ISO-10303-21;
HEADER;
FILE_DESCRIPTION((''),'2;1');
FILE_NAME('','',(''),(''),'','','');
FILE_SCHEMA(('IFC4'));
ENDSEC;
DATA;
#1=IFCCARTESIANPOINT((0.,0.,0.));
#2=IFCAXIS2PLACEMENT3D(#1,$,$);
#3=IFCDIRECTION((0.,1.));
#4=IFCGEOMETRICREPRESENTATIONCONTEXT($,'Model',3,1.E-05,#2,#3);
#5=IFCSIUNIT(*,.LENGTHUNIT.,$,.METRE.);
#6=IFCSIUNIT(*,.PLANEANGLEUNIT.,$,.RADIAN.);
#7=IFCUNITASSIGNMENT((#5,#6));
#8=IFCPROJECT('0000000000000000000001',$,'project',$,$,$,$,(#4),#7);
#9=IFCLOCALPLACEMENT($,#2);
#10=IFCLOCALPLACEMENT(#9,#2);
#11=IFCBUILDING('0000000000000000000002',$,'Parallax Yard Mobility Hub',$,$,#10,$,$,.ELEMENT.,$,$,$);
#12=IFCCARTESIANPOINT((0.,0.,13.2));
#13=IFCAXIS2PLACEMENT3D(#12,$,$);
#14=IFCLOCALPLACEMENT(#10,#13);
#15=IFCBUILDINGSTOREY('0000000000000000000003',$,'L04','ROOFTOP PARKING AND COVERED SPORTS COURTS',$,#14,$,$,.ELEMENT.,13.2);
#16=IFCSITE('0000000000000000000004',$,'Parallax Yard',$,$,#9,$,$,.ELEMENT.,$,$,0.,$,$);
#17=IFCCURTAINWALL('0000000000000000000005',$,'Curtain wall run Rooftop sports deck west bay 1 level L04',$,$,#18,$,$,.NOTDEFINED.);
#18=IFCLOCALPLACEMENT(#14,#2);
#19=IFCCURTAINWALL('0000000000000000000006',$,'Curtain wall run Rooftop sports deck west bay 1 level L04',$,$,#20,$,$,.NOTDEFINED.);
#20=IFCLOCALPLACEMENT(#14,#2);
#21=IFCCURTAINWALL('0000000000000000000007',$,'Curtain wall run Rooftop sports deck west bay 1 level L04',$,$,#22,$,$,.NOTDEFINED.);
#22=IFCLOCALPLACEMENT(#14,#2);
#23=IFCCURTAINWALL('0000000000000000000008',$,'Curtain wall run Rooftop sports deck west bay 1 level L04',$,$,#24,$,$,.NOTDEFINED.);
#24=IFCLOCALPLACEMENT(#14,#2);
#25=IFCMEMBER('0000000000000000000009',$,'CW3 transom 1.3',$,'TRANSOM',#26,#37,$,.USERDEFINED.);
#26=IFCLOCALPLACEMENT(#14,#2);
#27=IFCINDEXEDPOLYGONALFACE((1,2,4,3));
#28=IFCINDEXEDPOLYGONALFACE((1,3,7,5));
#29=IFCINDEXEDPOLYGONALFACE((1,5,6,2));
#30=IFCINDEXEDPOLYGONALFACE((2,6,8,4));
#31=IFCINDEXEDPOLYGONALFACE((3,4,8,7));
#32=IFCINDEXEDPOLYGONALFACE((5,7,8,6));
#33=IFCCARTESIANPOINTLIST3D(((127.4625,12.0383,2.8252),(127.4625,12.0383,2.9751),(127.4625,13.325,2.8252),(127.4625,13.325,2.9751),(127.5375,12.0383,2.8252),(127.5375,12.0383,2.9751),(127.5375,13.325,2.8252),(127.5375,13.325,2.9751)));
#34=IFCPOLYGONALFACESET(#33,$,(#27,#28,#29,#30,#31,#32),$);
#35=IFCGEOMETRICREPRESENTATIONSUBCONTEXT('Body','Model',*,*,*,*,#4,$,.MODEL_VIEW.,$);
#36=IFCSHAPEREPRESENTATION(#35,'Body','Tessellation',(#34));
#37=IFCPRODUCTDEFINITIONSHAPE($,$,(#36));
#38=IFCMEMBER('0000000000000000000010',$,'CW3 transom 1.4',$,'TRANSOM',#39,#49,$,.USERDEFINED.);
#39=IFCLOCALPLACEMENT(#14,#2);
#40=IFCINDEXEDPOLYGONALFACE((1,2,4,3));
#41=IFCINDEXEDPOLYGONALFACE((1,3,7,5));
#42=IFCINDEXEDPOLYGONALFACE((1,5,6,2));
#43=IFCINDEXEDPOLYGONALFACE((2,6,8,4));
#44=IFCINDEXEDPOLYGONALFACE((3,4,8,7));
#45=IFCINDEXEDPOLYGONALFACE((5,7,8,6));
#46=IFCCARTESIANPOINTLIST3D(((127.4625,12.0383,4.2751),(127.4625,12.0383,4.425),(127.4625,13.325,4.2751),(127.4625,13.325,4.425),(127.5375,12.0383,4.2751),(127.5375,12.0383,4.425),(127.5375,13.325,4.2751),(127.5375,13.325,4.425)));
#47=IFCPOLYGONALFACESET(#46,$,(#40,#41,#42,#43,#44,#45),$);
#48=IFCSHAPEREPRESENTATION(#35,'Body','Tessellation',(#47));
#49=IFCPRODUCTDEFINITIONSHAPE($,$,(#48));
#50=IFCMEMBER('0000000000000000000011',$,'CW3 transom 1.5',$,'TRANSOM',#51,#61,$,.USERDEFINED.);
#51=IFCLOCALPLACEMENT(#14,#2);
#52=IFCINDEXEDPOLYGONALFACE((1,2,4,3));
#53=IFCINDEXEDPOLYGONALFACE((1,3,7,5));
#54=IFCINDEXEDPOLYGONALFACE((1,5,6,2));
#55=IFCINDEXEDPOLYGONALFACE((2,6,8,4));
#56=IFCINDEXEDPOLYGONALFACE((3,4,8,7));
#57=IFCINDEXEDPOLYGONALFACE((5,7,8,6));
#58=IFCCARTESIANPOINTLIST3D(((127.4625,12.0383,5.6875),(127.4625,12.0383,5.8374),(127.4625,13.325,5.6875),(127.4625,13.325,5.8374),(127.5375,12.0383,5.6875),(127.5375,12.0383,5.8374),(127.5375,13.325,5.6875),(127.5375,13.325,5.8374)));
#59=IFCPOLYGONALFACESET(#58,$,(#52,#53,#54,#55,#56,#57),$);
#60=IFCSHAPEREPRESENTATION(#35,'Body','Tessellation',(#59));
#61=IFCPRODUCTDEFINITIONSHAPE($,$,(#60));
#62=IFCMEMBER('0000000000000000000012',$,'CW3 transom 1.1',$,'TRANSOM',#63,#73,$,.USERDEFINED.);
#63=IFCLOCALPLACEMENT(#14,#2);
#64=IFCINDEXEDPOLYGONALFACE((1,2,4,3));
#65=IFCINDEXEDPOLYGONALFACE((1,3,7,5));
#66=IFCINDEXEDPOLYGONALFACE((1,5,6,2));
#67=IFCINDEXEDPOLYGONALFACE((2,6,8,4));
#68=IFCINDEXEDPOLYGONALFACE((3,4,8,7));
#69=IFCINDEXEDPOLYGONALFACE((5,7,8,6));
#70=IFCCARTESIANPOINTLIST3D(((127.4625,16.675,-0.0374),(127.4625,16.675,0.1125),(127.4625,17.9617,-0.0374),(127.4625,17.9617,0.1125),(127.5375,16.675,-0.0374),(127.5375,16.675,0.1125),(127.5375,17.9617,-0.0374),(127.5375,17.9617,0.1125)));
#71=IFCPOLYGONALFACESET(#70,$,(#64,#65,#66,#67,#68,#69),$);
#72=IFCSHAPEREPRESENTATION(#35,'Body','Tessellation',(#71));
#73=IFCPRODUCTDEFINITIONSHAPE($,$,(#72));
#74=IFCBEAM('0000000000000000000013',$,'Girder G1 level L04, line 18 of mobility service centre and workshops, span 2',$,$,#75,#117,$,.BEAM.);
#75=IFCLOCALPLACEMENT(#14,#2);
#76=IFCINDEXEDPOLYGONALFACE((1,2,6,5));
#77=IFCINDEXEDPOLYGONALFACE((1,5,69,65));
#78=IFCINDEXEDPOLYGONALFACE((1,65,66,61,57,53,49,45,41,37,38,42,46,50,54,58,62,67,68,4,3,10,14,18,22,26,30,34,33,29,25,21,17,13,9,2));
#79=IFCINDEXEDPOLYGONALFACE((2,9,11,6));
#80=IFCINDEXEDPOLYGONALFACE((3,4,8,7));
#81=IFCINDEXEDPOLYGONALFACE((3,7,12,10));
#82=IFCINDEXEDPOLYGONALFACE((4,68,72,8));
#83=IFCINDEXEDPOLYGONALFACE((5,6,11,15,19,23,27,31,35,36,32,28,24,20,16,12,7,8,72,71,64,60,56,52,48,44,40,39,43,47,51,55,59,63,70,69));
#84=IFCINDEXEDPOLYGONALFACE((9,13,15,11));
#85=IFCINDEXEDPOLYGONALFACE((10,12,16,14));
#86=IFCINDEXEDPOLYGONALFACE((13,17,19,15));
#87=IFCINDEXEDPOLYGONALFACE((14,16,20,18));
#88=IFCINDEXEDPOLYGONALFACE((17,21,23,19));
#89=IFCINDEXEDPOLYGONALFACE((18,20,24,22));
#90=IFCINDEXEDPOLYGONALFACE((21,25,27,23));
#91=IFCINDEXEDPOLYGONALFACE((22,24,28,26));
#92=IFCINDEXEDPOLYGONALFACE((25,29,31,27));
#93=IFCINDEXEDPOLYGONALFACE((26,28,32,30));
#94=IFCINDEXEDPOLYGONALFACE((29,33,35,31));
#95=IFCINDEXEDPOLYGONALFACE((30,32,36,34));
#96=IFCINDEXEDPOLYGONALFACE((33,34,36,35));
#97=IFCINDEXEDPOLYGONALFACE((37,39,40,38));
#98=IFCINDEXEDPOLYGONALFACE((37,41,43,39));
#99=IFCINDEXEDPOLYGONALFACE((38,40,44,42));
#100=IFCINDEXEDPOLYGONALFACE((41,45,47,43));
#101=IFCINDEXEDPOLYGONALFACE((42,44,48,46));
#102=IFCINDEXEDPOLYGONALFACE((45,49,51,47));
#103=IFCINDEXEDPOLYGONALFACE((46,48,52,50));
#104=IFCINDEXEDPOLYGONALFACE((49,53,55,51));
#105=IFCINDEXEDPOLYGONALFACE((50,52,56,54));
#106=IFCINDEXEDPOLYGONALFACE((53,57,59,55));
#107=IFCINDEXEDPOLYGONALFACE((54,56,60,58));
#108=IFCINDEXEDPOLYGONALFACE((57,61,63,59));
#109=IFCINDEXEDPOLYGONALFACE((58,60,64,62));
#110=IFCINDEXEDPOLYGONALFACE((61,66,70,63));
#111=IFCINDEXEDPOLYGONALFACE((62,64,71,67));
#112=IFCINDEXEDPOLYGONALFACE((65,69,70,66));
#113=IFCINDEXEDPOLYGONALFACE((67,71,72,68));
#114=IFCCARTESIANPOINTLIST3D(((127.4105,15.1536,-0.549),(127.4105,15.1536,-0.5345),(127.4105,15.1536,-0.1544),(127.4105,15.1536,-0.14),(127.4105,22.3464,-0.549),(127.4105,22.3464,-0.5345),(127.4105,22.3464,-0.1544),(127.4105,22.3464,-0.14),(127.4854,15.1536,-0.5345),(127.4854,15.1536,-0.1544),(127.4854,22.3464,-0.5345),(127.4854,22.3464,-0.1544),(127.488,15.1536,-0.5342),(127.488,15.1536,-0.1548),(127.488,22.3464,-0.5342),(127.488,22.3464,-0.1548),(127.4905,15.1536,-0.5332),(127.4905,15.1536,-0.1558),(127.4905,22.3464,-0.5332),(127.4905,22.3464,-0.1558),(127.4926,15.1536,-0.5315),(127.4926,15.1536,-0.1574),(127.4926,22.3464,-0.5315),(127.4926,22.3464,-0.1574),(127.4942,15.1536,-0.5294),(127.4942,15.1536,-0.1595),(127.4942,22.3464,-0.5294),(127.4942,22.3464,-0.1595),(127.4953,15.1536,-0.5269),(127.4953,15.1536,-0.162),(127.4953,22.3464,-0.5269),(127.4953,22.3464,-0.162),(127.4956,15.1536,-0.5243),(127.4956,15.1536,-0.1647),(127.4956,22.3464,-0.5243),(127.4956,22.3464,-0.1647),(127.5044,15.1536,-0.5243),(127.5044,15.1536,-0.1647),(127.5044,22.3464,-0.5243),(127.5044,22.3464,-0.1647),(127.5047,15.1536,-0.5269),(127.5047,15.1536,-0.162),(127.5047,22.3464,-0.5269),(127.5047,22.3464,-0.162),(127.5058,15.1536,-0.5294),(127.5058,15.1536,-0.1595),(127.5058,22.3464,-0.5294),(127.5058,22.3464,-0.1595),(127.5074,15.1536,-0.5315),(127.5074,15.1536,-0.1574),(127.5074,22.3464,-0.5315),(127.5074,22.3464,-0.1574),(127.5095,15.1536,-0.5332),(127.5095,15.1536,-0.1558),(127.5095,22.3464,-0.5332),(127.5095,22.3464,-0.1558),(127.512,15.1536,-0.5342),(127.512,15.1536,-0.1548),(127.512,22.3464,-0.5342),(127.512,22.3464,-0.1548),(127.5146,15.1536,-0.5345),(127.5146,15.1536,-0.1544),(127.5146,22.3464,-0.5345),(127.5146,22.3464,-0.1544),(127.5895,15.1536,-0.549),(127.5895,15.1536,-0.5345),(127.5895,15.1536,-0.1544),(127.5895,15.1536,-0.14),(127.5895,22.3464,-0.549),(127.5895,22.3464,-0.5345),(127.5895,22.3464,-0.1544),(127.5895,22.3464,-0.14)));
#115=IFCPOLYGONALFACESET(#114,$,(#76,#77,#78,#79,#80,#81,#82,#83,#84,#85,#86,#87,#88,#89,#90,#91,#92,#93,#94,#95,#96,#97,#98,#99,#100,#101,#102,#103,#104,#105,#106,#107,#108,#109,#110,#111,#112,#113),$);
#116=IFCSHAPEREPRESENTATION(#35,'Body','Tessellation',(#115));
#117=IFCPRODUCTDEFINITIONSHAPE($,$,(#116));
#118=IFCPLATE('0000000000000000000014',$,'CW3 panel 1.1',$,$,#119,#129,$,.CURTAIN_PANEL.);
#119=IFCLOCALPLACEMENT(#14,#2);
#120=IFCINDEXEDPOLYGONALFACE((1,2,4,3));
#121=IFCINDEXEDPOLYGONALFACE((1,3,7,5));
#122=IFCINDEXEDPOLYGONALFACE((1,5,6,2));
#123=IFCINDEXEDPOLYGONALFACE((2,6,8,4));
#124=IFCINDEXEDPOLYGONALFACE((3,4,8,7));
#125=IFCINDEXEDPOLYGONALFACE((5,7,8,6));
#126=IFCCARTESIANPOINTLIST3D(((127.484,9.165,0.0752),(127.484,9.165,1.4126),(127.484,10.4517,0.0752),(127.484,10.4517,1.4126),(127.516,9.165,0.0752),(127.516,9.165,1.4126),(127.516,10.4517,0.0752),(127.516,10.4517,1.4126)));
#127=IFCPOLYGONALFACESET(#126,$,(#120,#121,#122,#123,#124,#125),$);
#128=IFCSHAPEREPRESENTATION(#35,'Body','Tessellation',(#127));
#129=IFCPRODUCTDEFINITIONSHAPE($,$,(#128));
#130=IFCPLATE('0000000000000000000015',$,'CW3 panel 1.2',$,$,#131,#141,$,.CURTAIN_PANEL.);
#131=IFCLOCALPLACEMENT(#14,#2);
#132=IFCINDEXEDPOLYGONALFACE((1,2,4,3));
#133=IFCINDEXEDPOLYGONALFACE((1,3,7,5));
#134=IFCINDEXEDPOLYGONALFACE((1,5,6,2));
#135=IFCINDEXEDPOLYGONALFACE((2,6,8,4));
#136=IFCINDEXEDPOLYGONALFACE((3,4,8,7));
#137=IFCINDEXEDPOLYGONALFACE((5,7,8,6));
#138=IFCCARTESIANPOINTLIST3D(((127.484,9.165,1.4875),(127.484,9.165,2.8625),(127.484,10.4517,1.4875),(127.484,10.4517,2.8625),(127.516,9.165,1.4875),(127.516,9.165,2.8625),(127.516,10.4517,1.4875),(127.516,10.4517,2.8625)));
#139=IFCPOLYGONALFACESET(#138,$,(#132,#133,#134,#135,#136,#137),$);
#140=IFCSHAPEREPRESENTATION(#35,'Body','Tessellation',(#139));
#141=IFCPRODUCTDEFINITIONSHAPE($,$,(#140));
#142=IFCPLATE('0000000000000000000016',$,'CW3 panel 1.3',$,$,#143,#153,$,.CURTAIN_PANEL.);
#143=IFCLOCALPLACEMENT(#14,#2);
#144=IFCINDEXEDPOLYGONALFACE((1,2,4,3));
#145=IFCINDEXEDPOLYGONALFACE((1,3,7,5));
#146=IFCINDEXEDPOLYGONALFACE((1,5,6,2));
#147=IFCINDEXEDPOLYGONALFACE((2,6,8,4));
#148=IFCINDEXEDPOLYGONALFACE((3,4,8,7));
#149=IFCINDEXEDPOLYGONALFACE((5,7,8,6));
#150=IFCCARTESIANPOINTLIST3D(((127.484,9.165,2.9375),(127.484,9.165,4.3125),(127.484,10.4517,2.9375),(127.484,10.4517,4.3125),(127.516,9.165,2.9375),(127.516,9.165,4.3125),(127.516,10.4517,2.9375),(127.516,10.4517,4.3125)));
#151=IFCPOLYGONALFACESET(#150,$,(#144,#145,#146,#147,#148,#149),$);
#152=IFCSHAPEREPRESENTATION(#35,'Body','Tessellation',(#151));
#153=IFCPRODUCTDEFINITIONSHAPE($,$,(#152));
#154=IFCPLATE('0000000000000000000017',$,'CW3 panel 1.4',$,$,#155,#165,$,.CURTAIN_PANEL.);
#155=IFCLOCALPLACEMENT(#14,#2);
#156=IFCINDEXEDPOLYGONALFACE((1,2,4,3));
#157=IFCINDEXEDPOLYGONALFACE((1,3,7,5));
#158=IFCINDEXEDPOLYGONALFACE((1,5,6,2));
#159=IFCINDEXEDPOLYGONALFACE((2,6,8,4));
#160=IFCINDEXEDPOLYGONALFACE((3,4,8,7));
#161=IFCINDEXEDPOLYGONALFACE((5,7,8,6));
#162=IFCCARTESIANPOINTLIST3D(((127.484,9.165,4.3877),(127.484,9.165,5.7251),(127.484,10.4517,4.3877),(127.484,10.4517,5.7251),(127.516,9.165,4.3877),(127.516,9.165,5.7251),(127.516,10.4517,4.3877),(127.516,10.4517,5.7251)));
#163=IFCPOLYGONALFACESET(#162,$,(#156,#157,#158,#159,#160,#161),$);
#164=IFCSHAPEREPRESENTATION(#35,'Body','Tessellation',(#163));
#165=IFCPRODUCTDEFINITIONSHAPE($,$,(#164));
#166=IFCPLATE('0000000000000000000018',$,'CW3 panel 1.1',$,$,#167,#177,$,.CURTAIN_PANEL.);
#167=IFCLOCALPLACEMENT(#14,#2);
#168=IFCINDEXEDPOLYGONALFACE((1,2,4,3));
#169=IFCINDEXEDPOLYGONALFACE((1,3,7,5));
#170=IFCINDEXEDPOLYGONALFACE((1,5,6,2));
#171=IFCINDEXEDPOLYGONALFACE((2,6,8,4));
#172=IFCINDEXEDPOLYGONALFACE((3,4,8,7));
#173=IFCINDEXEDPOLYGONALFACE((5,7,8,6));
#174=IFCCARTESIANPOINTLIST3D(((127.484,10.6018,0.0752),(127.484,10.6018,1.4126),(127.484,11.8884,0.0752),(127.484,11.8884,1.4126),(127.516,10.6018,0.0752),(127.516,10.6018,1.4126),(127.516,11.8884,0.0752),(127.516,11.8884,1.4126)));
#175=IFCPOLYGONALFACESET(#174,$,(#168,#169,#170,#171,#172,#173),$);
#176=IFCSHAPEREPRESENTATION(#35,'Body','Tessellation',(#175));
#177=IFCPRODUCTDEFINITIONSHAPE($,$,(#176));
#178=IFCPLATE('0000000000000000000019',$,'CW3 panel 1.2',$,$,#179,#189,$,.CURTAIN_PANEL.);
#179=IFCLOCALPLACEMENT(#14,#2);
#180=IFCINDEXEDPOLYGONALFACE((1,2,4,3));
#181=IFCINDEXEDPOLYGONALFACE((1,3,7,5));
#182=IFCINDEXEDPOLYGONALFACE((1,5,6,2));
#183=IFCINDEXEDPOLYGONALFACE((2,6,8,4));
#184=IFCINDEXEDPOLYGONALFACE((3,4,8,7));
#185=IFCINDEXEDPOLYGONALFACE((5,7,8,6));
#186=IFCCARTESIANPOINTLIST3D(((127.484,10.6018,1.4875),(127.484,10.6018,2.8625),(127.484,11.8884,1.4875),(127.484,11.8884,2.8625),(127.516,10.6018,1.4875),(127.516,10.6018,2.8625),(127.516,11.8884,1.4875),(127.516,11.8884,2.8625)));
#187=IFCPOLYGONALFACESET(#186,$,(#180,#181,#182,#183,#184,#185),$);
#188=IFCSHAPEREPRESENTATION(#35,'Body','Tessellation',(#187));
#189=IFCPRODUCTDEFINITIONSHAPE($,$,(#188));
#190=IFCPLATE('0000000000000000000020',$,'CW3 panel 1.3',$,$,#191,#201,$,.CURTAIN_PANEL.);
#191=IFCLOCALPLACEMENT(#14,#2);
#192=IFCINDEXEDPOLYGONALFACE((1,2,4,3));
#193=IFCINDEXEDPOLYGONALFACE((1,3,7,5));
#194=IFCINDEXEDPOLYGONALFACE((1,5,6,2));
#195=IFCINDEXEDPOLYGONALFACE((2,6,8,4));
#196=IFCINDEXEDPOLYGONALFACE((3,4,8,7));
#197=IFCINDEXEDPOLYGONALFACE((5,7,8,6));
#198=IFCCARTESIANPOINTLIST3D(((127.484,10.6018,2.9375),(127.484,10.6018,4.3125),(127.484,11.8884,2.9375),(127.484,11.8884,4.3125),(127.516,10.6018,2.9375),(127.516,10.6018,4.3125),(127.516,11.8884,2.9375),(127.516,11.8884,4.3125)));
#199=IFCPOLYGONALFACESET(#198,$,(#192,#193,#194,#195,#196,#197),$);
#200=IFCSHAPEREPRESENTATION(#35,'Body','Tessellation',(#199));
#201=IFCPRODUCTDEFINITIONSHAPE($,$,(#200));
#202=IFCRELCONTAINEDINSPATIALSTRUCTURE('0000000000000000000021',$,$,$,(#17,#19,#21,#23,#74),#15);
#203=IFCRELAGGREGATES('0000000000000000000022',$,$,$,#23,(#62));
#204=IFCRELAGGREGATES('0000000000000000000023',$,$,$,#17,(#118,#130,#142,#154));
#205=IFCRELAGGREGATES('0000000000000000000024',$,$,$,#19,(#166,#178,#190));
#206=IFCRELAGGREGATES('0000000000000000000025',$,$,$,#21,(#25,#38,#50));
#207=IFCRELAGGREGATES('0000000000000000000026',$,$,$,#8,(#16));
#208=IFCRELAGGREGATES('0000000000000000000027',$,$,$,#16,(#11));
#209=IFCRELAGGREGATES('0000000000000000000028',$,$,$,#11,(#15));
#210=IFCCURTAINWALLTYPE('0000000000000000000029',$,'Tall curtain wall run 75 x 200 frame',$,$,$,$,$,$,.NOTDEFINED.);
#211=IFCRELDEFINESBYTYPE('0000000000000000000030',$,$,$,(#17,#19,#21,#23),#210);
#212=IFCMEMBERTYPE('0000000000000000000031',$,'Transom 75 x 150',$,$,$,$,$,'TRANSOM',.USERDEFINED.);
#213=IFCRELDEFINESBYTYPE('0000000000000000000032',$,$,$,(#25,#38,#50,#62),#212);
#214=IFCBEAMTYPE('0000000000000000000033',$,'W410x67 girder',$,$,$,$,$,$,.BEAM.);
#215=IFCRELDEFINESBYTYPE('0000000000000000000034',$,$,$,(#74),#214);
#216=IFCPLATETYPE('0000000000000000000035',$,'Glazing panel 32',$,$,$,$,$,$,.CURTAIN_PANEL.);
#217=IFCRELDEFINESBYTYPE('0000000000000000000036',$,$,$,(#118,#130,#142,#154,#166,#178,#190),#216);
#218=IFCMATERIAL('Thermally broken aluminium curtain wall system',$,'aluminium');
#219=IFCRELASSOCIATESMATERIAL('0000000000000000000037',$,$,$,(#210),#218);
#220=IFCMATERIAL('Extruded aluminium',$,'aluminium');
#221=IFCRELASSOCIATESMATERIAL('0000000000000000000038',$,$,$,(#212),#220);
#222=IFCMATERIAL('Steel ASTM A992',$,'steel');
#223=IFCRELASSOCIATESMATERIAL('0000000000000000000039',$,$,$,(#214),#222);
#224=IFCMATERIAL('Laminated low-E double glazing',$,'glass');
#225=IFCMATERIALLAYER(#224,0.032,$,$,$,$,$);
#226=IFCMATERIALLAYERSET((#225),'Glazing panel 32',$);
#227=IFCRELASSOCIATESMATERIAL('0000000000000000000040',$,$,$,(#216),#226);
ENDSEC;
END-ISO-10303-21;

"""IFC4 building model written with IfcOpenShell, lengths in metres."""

from ifc_helpers import new_model, si_unit, direction, frame, origin, origin_2d, place, context, subcontext, project, spatial, rectangle, i_section, extrude, material, layer, layer_set, material_profile, profile_set, type_object, element, aggregate, save


model = new_model("IFC4")

# Units and contexts
model_context = context("Model", 3, precision=1e-05, world=origin(), true_north=direction((0.0, 1.0)))
body_context = subcontext(model_context, "Body", "Model", "MODEL_VIEW")
ifc_project = project(units=[si_unit("LENGTHUNIT", "METRE"), si_unit("PLANEANGLEUNIT", "RADIAN")], contexts=[model_context])

# Site, building, storey
site_placement = place(None, origin())
site = spatial("IfcSite", under=ifc_project, at=site_placement, Name="Parallax Yard", CompositionType="ELEMENT", RefElevation=0.0)
building_placement = place(site_placement, origin())
building = spatial("IfcBuilding", under=site, at=building_placement, Name="Parallax Yard Mobility Hub", CompositionType="ELEMENT")
storey_placement = place(building_placement, frame((0.0, 0.0, 13.2)))
storey = spatial("IfcBuildingStorey", under=building, at=storey_placement, Name="L04", Description="ROOFTOP PARKING AND COVERED SPORTS COURTS", CompositionType="ELEMENT", Elevation=13.2)

# Curtain wall
ifc_material_1 = material(Name="Thermally broken aluminium curtain wall system", Category="aluminium")
curtain_wall_type = type_object("IfcCurtainWallType", Name="Tall curtain wall run 75 x 200 frame", PredefinedType="NOTDEFINED", material=ifc_material_1)
curtain_wall_1_placement = place(storey_placement, origin())
curtain_wall_1 = element("IfcCurtainWall", 1, at=curtain_wall_1_placement, inside=storey, type_object=curtain_wall_type, Name="Curtain wall run Rooftop sports deck west bay 1 level L04", PredefinedType="NOTDEFINED")
ifc_material_2 = material(Name="Extruded aluminium", Category="aluminium")

# Curtain walls
curtain_wall_2_placement = place(storey_placement, origin())
curtain_wall_2 = element("IfcCurtainWall", 2, at=curtain_wall_2_placement, inside=storey, type_object=curtain_wall_type, Name="Curtain wall run Rooftop sports deck west bay 1 level L04", PredefinedType="NOTDEFINED")
curtain_wall_3_placement = place(storey_placement, origin())
curtain_wall_3 = element("IfcCurtainWall", 3, at=curtain_wall_3_placement, inside=storey, type_object=curtain_wall_type, Name="Curtain wall run Rooftop sports deck west bay 1 level L04", PredefinedType="NOTDEFINED")

# Curtain wall
curtain_wall_4_placement = place(storey_placement, origin())
curtain_wall_4 = element("IfcCurtainWall", 4, at=curtain_wall_4_placement, inside=storey, type_object=curtain_wall_type, Name="Curtain wall run Rooftop sports deck west bay 1 level L04", PredefinedType="NOTDEFINED")

# Members
ifc_material_profile_1 = material_profile(ifc_material_2, rectangle(XDim=0.075, YDim=0.1499, at=origin_2d()), Name="Transom 75 x 150")
ifc_profile_set_1 = profile_set([ifc_material_profile_1], Name="Extruded aluminium")
member_type_1 = type_object("IfcMemberType", Name="Transom 75 x 150", ElementType="TRANSOM", PredefinedType="USERDEFINED", material=ifc_profile_set_1)
member_1_placement = place(storey_placement, frame((127.5, 12.0383, 2.9001), z_axis=(0.0, 1.0, 0.0), x_axis=(-1.0, 0.0, 0.0)))
member_1 = element("IfcMember", 5, at=member_1_placement, type_object=member_type_1, Name="CW3 transom 1.3", ObjectType="TRANSOM", PredefinedType="USERDEFINED", context=body_context, shape_type="SweptSolid", body=[
    extrude(rectangle(XDim=0.075, YDim=0.1499, at=origin_2d()), origin(), (0.0, 0.0, 1.0), 1.2866),
])
member_2_placement = place(storey_placement, frame((127.5, 12.0383, 4.3501), z_axis=(0.0, 1.0, 0.0), x_axis=(-1.0, 0.0, 0.0)))
member_2 = element("IfcMember", 6, at=member_2_placement, type_object=member_type_1, Name="CW3 transom 1.4", ObjectType="TRANSOM", PredefinedType="USERDEFINED", context=body_context, shape_type="SweptSolid", body=[
    extrude(rectangle(XDim=0.075, YDim=0.1499, at=origin_2d()), origin(), (0.0, 0.0, 1.0), 1.2866),
])
member_3_placement = place(storey_placement, frame((127.5, 12.0383, 5.7625), z_axis=(0.0, 1.0, 0.0), x_axis=(-1.0, 0.0, 0.0)))
member_3 = element("IfcMember", 7, at=member_3_placement, type_object=member_type_1, Name="CW3 transom 1.5", ObjectType="TRANSOM", PredefinedType="USERDEFINED", context=body_context, shape_type="SweptSolid", body=[
    extrude(rectangle(XDim=0.075, YDim=0.1499, at=origin_2d()), origin(), (0.0, 0.0, 1.0), 1.2866),
])
member_4_placement = place(storey_placement, frame((127.5, 16.675, 0.0376), z_axis=(0.0, 1.0, 0.0), x_axis=(-1.0, 0.0, 0.0)))
member_4 = element("IfcMember", 8, at=member_4_placement, type_object=member_type_1, Name="CW3 transom 1.1", ObjectType="TRANSOM", PredefinedType="USERDEFINED", context=body_context, shape_type="SweptSolid", body=[
    extrude(rectangle(XDim=0.075, YDim=0.1499, at=origin_2d()), origin(), (0.0, 0.0, 1.0), 1.2866),
])
aggregate(curtain_wall_4, [member_4])

# Beam
ifc_material_3 = material(Name="Steel ASTM A992", Category="steel")
ifc_material_profile_2 = material_profile(ifc_material_3, i_section(OverallWidth=0.179, OverallDepth=0.4089, WebThickness=0.0088, FlangeThickness=0.0144, FilletRadius=0.0103, at=origin_2d()), Name="W410x67")
ifc_profile_set_2 = profile_set([ifc_material_profile_2], Name="Steel ASTM A992")
beam_type = type_object("IfcBeamType", Name="W410x67 girder", PredefinedType="BEAM", material=ifc_profile_set_2)
beam_placement = place(storey_placement, frame((127.5, 15.1536, -0.3445), z_axis=(0.0, 1.0, 0.0), x_axis=(-1.0, 0.0, 0.0)))
element("IfcBeam", 9, at=beam_placement, inside=storey, type_object=beam_type, Name="Girder G1 level L04, line 18 of mobility service centre and workshops, span 2", PredefinedType="BEAM", context=body_context, shape_type="SweptSolid", body=[
    extrude(i_section(OverallWidth=0.179, OverallDepth=0.4089, WebThickness=0.0088, FlangeThickness=0.0144, FilletRadius=0.0103, at=origin_2d()), origin(), (0.0, 0.0, 1.0), 7.1929),
])

# Plates
ifc_material_4 = material(Name="Laminated low-E double glazing", Category="glass")
ifc_layer_1 = layer(ifc_material_4, 0.032)
ifc_layer_set_1 = layer_set([ifc_layer_1], Name="Glazing panel 32")
plate_type = type_object("IfcPlateType", Name="Glazing panel 32", PredefinedType="CURTAIN_PANEL", material=ifc_layer_set_1)
plate_1_placement = place(storey_placement, frame((127.5, 9.8083, 0.0752), z_axis=(0.0, 0.0, 1.0), x_axis=(0.0, 1.0, 0.0)))
plate_1 = element("IfcPlate", 10, at=plate_1_placement, type_object=plate_type, Name="CW3 panel 1.1", PredefinedType="CURTAIN_PANEL", context=body_context, shape_type="SweptSolid", body=[
    extrude(rectangle(XDim=1.2866, YDim=0.032, at=origin_2d()), origin(), (0.0, 0.0, 1.0), 1.3374),
])
plate_2_placement = place(storey_placement, frame((127.5, 9.8083, 1.4875), z_axis=(0.0, 0.0, 1.0), x_axis=(0.0, 1.0, 0.0)))
plate_2 = element("IfcPlate", 11, at=plate_2_placement, type_object=plate_type, Name="CW3 panel 1.2", PredefinedType="CURTAIN_PANEL", context=body_context, shape_type="SweptSolid", body=[
    extrude(rectangle(XDim=1.2866, YDim=0.032, at=origin_2d()), origin(), (0.0, 0.0, 1.0), 1.375),
])
plate_3_placement = place(storey_placement, frame((127.5, 9.8083, 2.9375), z_axis=(0.0, 0.0, 1.0), x_axis=(0.0, 1.0, 0.0)))
plate_3 = element("IfcPlate", 12, at=plate_3_placement, type_object=plate_type, Name="CW3 panel 1.3", PredefinedType="CURTAIN_PANEL", context=body_context, shape_type="SweptSolid", body=[
    extrude(rectangle(XDim=1.2866, YDim=0.032, at=origin_2d()), origin(), (0.0, 0.0, 1.0), 1.375),
])
plate_4_placement = place(storey_placement, frame((127.5, 9.8083, 4.3877), z_axis=(0.0, 0.0, 1.0), x_axis=(0.0, 1.0, 0.0)))
plate_4 = element("IfcPlate", 13, at=plate_4_placement, type_object=plate_type, Name="CW3 panel 1.4", PredefinedType="CURTAIN_PANEL", context=body_context, shape_type="SweptSolid", body=[
    extrude(rectangle(XDim=1.2866, YDim=0.032, at=origin_2d()), origin(), (0.0, 0.0, 1.0), 1.3374),
])
aggregate(curtain_wall_1, [plate_1, plate_2, plate_3, plate_4])
plate_5_placement = place(storey_placement, frame((127.5, 11.2451, 0.0752), z_axis=(0.0, 0.0, 1.0), x_axis=(0.0, 1.0, 0.0)))
plate_5 = element("IfcPlate", 14, at=plate_5_placement, type_object=plate_type, Name="CW3 panel 1.1", PredefinedType="CURTAIN_PANEL", context=body_context, shape_type="SweptSolid", body=[
    extrude(rectangle(XDim=1.2866, YDim=0.032, at=origin_2d()), origin(), (0.0, 0.0, 1.0), 1.3374),
])
plate_6_placement = place(storey_placement, frame((127.5, 11.2451, 1.4875), z_axis=(0.0, 0.0, 1.0), x_axis=(0.0, 1.0, 0.0)))
plate_6 = element("IfcPlate", 15, at=plate_6_placement, type_object=plate_type, Name="CW3 panel 1.2", PredefinedType="CURTAIN_PANEL", context=body_context, shape_type="SweptSolid", body=[
    extrude(rectangle(XDim=1.2866, YDim=0.032, at=origin_2d()), origin(), (0.0, 0.0, 1.0), 1.375),
])
plate_7_placement = place(storey_placement, frame((127.5, 11.2451, 2.9375), z_axis=(0.0, 0.0, 1.0), x_axis=(0.0, 1.0, 0.0)))
plate_7 = element("IfcPlate", 16, at=plate_7_placement, type_object=plate_type, Name="CW3 panel 1.3", PredefinedType="CURTAIN_PANEL", context=body_context, shape_type="SweptSolid", body=[
    extrude(rectangle(XDim=1.2866, YDim=0.032, at=origin_2d()), origin(), (0.0, 0.0, 1.0), 1.375),
])
aggregate(curtain_wall_2, [plate_5, plate_6, plate_7])
aggregate(curtain_wall_3, [member_1, member_2, member_3])

save(model, "model.ifc")
